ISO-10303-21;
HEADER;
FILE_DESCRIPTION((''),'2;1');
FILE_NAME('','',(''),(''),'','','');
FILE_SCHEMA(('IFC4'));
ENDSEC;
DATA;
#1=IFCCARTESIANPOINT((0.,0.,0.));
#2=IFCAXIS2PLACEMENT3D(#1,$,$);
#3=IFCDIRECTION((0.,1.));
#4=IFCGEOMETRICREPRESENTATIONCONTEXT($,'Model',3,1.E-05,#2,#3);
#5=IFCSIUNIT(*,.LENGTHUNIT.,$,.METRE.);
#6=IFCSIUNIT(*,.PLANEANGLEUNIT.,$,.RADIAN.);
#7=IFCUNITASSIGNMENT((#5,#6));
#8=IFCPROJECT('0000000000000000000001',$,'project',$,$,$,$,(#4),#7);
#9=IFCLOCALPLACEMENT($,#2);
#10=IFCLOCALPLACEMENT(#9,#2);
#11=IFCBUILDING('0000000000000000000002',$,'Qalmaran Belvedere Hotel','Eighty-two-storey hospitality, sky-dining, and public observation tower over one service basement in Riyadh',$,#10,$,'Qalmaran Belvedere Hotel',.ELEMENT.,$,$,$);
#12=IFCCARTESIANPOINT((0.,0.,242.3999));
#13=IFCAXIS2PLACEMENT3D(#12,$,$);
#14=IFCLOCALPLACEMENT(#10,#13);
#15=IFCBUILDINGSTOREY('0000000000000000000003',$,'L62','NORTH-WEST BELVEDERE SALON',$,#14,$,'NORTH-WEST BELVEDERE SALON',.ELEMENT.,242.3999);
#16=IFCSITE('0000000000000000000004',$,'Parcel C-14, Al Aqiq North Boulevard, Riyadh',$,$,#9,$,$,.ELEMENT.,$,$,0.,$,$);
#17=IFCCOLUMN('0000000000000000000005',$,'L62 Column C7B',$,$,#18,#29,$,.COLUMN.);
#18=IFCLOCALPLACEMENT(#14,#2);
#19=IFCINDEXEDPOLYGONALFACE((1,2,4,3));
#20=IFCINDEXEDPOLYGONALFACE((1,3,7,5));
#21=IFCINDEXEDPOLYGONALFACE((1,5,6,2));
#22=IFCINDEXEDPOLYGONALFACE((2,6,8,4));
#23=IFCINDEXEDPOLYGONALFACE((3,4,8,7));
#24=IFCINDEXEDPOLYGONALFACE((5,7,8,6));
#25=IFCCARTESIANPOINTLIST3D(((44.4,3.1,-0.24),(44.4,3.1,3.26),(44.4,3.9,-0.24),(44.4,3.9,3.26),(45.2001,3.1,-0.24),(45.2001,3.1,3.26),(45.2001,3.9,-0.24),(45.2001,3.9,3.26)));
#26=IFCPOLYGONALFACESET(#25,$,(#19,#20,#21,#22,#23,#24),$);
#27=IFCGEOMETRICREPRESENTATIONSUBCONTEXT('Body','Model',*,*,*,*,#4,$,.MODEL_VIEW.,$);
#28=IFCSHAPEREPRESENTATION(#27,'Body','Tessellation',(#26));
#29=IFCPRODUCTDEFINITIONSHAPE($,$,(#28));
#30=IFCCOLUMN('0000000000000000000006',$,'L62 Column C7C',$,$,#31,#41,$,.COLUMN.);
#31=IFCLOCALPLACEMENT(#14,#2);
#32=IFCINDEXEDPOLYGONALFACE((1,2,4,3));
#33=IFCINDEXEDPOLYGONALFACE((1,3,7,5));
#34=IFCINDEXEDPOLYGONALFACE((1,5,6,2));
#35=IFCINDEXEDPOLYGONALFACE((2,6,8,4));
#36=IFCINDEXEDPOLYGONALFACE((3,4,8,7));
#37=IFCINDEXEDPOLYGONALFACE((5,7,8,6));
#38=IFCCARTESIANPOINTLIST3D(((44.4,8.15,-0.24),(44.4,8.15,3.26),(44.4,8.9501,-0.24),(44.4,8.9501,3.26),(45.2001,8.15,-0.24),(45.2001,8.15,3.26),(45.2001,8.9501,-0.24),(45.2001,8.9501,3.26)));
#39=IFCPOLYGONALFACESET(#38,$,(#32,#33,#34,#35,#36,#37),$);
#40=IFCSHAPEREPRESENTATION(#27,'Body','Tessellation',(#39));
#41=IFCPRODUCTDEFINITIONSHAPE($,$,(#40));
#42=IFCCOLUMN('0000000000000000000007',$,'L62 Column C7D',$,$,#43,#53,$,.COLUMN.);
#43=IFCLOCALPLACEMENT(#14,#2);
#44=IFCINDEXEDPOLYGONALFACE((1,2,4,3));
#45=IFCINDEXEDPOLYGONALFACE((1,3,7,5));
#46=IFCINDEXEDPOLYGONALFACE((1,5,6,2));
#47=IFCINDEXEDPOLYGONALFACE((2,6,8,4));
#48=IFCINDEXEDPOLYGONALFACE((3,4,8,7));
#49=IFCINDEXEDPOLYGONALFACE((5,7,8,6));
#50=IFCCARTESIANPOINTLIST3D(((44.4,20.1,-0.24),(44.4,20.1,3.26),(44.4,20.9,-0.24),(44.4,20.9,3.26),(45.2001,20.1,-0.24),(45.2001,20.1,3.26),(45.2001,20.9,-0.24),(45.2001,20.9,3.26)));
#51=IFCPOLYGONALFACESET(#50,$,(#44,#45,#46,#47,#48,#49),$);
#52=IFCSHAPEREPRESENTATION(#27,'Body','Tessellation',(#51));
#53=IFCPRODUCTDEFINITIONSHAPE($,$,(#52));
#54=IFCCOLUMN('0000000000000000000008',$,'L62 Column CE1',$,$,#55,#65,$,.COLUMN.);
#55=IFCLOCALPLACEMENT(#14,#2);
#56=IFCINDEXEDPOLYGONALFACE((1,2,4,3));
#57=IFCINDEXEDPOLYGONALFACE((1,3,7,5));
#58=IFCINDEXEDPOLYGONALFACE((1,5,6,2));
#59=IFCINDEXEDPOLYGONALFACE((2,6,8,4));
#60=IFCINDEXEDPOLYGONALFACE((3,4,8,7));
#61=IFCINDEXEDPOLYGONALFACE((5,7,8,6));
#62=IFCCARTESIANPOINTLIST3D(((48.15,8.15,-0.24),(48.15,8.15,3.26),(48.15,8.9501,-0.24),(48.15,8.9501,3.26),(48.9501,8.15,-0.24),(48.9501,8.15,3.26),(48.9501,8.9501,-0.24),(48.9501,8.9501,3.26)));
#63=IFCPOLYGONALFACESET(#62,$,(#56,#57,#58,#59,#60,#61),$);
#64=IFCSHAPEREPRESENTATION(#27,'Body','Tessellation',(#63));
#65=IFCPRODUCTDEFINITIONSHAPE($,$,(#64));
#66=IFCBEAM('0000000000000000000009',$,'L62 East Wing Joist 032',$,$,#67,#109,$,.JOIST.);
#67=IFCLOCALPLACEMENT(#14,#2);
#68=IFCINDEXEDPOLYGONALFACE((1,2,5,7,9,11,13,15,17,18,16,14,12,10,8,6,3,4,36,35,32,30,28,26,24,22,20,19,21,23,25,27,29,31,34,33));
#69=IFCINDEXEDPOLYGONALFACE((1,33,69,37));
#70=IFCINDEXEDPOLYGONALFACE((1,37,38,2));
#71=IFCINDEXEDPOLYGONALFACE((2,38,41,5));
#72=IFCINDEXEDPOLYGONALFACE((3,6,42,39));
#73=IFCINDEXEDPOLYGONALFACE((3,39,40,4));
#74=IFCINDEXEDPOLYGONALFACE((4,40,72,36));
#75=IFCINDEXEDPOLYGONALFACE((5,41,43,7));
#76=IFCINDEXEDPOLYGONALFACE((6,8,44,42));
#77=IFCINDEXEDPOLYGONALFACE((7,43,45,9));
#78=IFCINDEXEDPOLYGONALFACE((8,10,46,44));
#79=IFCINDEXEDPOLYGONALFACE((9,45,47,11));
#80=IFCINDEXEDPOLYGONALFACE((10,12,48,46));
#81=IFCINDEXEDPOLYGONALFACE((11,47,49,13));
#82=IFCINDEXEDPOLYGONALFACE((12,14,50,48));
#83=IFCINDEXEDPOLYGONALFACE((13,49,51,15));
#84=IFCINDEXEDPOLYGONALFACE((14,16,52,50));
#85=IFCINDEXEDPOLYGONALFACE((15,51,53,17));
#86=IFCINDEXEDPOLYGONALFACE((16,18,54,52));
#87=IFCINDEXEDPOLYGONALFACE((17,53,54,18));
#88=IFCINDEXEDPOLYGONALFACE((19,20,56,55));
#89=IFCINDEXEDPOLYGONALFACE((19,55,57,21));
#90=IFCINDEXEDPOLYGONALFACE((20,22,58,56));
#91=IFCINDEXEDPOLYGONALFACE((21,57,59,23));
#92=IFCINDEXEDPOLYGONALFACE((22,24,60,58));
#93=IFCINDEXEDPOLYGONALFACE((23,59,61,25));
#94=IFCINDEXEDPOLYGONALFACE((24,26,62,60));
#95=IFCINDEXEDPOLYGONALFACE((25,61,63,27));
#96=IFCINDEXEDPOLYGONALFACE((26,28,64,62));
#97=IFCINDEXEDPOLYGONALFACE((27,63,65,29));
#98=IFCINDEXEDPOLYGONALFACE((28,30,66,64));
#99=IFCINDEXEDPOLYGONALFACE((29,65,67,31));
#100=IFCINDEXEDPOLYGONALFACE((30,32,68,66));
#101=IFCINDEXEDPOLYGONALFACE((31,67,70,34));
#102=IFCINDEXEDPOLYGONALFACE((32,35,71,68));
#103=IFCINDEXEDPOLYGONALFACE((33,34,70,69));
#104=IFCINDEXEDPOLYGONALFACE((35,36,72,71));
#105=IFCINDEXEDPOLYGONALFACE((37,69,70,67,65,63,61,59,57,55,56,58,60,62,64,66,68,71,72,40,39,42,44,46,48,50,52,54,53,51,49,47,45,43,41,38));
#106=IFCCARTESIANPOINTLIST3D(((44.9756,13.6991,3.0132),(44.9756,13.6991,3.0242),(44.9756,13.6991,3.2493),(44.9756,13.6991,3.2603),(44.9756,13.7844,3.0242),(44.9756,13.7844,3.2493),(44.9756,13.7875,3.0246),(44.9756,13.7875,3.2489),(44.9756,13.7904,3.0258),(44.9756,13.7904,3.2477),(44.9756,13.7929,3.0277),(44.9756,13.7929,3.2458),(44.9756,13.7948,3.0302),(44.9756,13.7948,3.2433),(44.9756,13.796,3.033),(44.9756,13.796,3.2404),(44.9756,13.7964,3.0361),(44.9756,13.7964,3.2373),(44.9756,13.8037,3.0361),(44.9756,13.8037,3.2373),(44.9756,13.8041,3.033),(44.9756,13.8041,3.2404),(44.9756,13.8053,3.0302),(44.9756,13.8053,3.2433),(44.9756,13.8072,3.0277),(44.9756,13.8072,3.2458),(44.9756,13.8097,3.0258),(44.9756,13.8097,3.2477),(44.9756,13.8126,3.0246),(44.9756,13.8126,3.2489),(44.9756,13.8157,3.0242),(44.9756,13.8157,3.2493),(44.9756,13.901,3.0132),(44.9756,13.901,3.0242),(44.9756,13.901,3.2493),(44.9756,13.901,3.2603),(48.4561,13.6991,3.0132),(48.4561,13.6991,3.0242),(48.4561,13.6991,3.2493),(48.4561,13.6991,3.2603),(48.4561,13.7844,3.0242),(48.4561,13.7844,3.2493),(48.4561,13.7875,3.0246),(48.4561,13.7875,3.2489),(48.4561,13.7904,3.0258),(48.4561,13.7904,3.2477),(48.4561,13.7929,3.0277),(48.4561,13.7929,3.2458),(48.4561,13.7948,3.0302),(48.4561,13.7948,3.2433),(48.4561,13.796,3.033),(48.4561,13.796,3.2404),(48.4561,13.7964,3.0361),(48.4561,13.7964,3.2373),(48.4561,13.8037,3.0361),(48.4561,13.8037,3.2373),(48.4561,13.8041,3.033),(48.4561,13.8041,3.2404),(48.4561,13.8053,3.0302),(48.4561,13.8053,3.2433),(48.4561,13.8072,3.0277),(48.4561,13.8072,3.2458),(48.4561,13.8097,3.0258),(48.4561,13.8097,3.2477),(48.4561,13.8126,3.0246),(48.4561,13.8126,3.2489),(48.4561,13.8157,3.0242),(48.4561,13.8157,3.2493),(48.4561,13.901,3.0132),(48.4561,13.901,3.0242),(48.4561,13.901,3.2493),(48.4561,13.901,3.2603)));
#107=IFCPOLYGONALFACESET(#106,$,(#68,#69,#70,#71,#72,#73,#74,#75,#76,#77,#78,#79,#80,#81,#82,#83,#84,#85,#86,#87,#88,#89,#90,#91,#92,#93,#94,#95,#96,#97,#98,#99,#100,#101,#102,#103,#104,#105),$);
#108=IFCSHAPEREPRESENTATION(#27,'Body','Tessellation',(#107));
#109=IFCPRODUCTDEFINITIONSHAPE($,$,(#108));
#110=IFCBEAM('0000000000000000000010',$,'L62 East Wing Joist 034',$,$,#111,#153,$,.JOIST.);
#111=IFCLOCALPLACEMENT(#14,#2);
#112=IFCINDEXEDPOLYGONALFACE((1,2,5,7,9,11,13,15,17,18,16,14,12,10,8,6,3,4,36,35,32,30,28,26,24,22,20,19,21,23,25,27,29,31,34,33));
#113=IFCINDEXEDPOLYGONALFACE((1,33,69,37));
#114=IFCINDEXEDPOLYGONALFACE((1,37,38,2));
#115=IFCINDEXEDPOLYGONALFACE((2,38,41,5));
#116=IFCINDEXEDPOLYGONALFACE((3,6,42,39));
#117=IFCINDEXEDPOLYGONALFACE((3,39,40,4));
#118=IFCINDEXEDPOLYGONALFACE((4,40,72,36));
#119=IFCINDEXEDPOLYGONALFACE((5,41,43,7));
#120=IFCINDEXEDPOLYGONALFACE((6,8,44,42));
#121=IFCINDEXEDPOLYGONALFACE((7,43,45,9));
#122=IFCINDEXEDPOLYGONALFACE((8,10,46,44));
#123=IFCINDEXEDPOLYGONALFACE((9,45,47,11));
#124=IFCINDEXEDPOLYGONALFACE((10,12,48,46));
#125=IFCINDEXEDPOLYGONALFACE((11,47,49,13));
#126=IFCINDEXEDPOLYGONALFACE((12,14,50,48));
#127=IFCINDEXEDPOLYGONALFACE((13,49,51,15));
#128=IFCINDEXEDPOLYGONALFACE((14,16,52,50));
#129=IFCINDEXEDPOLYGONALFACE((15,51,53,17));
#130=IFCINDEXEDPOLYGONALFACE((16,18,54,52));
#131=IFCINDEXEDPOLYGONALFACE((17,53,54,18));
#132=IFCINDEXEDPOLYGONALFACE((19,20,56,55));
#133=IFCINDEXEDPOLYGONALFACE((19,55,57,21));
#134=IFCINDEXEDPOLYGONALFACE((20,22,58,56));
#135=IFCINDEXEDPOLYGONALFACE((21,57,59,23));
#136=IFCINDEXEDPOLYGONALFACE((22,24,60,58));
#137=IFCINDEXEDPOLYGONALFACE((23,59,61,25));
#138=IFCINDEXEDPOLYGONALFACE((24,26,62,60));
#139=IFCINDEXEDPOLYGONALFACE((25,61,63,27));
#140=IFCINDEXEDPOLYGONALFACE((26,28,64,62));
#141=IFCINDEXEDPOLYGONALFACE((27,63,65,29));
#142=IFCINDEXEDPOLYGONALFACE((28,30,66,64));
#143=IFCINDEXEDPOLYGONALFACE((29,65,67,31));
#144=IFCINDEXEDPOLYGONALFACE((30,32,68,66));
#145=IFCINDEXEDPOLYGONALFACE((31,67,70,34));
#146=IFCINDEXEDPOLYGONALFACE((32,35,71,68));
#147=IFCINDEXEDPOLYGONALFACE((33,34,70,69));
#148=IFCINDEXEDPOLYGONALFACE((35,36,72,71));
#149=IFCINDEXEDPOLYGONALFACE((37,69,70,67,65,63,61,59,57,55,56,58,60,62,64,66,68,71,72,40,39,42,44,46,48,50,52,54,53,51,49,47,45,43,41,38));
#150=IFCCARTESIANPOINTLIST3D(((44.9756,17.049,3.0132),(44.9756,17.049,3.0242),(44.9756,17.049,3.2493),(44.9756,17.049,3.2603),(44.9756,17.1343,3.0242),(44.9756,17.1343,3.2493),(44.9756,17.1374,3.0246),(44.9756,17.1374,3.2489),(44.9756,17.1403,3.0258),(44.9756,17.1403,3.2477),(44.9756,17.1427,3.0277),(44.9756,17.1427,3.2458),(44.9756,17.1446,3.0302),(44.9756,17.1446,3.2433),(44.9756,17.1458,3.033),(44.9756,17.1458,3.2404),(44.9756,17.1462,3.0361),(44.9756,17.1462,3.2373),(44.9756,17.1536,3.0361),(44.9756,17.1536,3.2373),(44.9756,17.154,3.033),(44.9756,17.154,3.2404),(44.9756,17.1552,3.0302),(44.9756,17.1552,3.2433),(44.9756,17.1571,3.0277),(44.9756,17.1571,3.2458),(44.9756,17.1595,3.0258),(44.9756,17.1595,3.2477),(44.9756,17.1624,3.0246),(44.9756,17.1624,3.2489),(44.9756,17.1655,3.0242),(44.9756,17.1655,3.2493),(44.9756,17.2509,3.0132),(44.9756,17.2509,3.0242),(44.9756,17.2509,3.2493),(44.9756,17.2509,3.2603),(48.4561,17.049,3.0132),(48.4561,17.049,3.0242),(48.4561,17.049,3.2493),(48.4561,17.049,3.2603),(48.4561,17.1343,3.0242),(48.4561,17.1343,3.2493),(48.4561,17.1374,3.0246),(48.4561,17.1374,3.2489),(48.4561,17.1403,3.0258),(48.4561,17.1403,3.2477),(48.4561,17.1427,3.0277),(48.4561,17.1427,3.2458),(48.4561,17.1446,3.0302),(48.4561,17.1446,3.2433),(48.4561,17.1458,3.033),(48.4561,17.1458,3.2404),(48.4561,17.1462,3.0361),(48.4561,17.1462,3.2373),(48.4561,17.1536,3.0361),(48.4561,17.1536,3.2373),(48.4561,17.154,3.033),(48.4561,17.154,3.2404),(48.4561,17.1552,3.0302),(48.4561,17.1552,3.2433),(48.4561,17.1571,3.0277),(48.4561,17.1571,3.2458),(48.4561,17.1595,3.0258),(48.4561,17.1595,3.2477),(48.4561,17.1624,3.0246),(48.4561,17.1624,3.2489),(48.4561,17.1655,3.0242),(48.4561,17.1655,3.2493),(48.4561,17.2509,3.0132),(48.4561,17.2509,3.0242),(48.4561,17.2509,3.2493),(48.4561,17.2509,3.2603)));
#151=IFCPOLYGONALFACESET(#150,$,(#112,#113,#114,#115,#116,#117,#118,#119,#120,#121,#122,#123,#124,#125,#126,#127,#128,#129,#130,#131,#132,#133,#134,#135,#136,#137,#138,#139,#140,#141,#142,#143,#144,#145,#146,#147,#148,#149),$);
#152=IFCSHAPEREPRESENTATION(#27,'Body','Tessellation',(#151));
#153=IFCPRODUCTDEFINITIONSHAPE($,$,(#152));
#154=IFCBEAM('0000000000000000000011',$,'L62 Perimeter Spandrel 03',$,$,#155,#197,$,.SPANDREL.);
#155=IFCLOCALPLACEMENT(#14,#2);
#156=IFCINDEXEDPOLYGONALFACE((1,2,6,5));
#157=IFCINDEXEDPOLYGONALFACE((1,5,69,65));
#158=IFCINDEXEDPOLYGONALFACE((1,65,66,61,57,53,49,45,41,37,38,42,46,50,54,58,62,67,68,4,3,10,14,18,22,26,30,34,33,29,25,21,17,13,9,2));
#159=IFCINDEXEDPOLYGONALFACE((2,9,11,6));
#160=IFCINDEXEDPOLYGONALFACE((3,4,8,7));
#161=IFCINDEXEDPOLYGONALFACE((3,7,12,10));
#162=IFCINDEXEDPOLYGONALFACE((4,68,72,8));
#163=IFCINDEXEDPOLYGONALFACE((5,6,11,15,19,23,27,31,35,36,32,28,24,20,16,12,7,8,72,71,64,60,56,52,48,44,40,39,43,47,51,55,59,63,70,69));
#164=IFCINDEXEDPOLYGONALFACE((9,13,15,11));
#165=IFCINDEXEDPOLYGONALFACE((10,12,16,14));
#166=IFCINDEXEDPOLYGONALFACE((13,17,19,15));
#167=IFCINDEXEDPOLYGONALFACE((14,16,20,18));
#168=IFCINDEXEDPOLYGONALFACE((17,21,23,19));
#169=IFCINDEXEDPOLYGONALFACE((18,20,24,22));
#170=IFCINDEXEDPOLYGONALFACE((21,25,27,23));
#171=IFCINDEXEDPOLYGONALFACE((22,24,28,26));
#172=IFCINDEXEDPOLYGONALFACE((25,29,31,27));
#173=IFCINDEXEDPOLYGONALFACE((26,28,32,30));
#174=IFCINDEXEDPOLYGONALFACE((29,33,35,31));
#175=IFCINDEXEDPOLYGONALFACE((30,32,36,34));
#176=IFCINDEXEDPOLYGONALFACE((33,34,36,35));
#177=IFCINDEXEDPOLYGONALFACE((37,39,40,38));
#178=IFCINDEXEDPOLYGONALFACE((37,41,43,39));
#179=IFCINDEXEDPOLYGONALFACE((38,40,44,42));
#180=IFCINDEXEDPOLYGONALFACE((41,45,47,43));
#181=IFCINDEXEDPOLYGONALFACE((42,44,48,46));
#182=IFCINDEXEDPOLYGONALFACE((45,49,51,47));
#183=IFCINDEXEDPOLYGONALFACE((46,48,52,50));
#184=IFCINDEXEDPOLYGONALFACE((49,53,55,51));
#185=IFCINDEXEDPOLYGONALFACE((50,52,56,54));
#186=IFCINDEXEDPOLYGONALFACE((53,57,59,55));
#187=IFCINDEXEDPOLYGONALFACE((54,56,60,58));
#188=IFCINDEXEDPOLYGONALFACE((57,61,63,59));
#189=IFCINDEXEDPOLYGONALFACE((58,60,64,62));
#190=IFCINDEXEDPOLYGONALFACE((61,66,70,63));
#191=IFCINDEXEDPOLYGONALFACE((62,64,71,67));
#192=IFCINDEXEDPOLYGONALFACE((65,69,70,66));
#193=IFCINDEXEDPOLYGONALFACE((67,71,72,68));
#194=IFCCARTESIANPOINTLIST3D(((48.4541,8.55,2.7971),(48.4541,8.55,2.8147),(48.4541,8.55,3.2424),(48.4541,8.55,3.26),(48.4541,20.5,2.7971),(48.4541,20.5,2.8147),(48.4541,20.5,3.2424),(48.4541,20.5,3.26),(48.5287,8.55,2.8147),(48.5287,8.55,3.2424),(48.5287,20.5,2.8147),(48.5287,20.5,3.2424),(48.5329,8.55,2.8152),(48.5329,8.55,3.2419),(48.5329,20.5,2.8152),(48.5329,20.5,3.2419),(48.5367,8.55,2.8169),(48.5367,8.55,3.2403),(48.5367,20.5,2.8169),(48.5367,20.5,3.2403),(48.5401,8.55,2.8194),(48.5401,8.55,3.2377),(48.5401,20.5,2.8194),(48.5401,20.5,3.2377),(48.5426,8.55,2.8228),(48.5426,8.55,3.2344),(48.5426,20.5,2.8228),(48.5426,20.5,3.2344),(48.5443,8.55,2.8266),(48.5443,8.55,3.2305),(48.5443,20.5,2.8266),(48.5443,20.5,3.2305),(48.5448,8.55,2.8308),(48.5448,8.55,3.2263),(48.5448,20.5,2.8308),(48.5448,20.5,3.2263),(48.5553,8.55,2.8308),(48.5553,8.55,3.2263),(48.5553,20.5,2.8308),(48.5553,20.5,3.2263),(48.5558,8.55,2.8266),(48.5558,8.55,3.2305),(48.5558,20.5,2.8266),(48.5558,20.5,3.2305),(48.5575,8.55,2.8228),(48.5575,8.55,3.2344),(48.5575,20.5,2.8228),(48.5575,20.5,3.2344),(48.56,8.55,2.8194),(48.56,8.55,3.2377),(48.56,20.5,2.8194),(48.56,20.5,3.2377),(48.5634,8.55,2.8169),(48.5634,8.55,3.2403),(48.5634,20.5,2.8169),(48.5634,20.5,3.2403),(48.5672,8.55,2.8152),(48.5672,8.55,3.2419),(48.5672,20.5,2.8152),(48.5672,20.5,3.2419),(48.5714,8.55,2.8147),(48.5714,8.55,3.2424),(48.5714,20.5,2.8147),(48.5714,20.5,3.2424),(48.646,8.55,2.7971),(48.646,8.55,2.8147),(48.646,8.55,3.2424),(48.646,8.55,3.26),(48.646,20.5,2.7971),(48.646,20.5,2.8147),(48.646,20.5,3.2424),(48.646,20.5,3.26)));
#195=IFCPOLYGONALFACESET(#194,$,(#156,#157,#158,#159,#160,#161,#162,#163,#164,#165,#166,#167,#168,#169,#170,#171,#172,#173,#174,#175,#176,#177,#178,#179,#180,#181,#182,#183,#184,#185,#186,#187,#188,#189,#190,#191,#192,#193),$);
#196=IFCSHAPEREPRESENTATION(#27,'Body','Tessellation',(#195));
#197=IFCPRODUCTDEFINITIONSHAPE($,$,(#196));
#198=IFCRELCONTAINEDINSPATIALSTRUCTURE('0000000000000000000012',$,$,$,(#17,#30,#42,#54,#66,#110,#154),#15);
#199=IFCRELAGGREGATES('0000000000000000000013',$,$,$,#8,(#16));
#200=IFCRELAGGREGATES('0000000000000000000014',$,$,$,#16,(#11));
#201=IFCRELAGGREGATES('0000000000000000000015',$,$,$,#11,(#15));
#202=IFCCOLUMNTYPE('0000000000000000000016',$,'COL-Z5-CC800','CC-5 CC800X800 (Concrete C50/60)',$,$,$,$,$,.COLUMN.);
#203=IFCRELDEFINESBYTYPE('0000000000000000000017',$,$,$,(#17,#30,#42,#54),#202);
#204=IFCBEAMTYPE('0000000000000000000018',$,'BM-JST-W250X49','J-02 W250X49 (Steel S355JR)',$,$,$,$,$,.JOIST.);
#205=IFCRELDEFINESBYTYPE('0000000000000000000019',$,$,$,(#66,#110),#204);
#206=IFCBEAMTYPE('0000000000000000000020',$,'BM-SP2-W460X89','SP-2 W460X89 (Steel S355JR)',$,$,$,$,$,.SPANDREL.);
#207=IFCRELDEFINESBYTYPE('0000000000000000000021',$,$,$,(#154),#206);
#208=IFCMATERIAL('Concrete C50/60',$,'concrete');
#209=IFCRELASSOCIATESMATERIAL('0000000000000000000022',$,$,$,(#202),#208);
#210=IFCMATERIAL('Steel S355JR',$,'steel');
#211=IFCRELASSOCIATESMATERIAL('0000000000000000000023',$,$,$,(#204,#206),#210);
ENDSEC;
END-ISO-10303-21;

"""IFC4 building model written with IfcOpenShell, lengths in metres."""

from ifc_helpers import new_model, si_unit, direction, frame, origin, origin_2d, place, context, subcontext, project, spatial, rectangle, i_section, extrude, material, material_profile, profile_set, type_object, element, save


model = new_model("IFC4")

# Units and contexts
model_context = context("Model", 3, precision=1e-05, world=origin(), true_north=direction((0.0, 1.0)))
body_context = subcontext(model_context, "Body", "Model", "MODEL_VIEW")
ifc_project = project(units=[si_unit("LENGTHUNIT", "METRE"), si_unit("PLANEANGLEUNIT", "RADIAN")], contexts=[model_context])

# Site, building, storey
site_placement = place(None, origin())
site = spatial("IfcSite", under=ifc_project, at=site_placement, Name="Parcel C-14, Al Aqiq North Boulevard, Riyadh", CompositionType="ELEMENT", RefElevation=0.0)
building_placement = place(site_placement, origin())
building = spatial("IfcBuilding", under=site, at=building_placement, Name="Qalmaran Belvedere Hotel", Description="Eighty-two-storey hospitality, sky-dining, and public observation tower over one service basement in Riyadh", LongName="Qalmaran Belvedere Hotel", CompositionType="ELEMENT")
storey_placement = place(building_placement, frame((0.0, 0.0, 242.3999)))
storey = spatial("IfcBuildingStorey", under=building, at=storey_placement, Name="L62", Description="NORTH-WEST BELVEDERE SALON", LongName="NORTH-WEST BELVEDERE SALON", CompositionType="ELEMENT", Elevation=242.3999)

# Columns
ifc_material_1 = material(Name="Concrete C50/60", Category="concrete")
ifc_material_profile_1 = material_profile(ifc_material_1, rectangle(XDim=0.8, YDim=0.8, at=origin_2d()), Name="CC800X800")
ifc_profile_set_1 = profile_set([ifc_material_profile_1], Name="Concrete C50/60")
column_type = type_object("IfcColumnType", Name="COL-Z5-CC800", Description="CC-5 CC800X800 (Concrete C50/60)", PredefinedType="COLUMN", material=ifc_profile_set_1)
for number, where, z_axis, x_axis, name in (
    (1, (44.8, 3.5, -0.24), (0.0, 0.0, 1.0), (1.0, 0.0, 0.0), "L62 Column C7B"),
    (2, (44.8, 8.55, -0.24), (0.0, 0.0, 1.0), (1.0, 0.0, 0.0), "L62 Column C7C"),
    (3, (44.8, 20.5, -0.24), (0.0, 0.0, 1.0), (1.0, 0.0, 0.0), "L62 Column C7D"),
    (4, (48.55, 8.55, -0.24), (0.0, 0.0, 1.0), (1.0, 0.0, 0.0), "L62 Column CE1"),
):
    element("IfcColumn", number, at=place(storey_placement, frame(where, z_axis=z_axis, x_axis=x_axis)), inside=storey, type_object=column_type, Name=name, PredefinedType="COLUMN", context=body_context, shape_type="SweptSolid", body=[
        extrude(rectangle(XDim=0.8, YDim=0.8, at=origin_2d()), origin(), (0.0, 0.0, 1.0), 3.5),
    ])

# Beams
ifc_material_2 = material(Name="Steel S355JR", Category="steel")
ifc_material_profile_2 = material_profile(ifc_material_2, i_section(OverallWidth=0.2019, OverallDepth=0.2471, WebThickness=0.0073, FlangeThickness=0.011, FilletRadius=0.012, at=origin_2d()), Name="W250X49")
ifc_profile_set_2 = profile_set([ifc_material_profile_2], Name="Steel S355JR")
beam_type_1 = type_object("IfcBeamType", Name="BM-JST-W250X49", Description="J-02 W250X49 (Steel S355JR)", PredefinedType="JOIST", material=ifc_profile_set_2)
for number, where, z_axis, x_axis, name in (
    (5, (44.9756, 13.8, 3.1367), (1.0, 0.0, 0.0), (0.0, 1.0, 0.0), "L62 East Wing Joist 032"),
    (6, (44.9756, 17.1499, 3.1367), (1.0, 0.0, 0.0), (0.0, 1.0, 0.0), "L62 East Wing Joist 034"),
):
    element("IfcBeam", number, at=place(storey_placement, frame(where, z_axis=z_axis, x_axis=x_axis)), inside=storey, type_object=beam_type_1, Name=name, PredefinedType="JOIST", context=body_context, shape_type="SweptSolid", body=[
        extrude(i_section(OverallWidth=0.2019, OverallDepth=0.2471, WebThickness=0.0073, FlangeThickness=0.011, FilletRadius=0.012, at=origin_2d()), origin(), (0.0, 0.0, 1.0), 3.4805),
    ])
ifc_material_profile_3 = material_profile(ifc_material_2, i_section(OverallWidth=0.1919, OverallDepth=0.4629, WebThickness=0.0105, FlangeThickness=0.0176, FilletRadius=0.0161, at=origin_2d()), Name="W460X89")
ifc_profile_set_3 = profile_set([ifc_material_profile_3], Name="Steel S355JR")
beam_type_2 = type_object("IfcBeamType", Name="BM-SP2-W460X89", Description="SP-2 W460X89 (Steel S355JR)", PredefinedType="SPANDREL", material=ifc_profile_set_3)
beam_1_placement = place(storey_placement, frame((48.55, 8.55, 3.0286), z_axis=(0.0, 1.0, 0.0), x_axis=(-1.0, 0.0, 0.0)))
element("IfcBeam", 7, at=beam_1_placement, inside=storey, type_object=beam_type_2, Name="L62 Perimeter Spandrel 03", PredefinedType="SPANDREL", context=body_context, shape_type="SweptSolid", body=[
    extrude(i_section(OverallWidth=0.1919, OverallDepth=0.4629, WebThickness=0.0105, FlangeThickness=0.0176, FilletRadius=0.0161, at=origin_2d()), origin(), (0.0, 0.0, 1.0), 11.95),
])

save(model, "model.ifc")
